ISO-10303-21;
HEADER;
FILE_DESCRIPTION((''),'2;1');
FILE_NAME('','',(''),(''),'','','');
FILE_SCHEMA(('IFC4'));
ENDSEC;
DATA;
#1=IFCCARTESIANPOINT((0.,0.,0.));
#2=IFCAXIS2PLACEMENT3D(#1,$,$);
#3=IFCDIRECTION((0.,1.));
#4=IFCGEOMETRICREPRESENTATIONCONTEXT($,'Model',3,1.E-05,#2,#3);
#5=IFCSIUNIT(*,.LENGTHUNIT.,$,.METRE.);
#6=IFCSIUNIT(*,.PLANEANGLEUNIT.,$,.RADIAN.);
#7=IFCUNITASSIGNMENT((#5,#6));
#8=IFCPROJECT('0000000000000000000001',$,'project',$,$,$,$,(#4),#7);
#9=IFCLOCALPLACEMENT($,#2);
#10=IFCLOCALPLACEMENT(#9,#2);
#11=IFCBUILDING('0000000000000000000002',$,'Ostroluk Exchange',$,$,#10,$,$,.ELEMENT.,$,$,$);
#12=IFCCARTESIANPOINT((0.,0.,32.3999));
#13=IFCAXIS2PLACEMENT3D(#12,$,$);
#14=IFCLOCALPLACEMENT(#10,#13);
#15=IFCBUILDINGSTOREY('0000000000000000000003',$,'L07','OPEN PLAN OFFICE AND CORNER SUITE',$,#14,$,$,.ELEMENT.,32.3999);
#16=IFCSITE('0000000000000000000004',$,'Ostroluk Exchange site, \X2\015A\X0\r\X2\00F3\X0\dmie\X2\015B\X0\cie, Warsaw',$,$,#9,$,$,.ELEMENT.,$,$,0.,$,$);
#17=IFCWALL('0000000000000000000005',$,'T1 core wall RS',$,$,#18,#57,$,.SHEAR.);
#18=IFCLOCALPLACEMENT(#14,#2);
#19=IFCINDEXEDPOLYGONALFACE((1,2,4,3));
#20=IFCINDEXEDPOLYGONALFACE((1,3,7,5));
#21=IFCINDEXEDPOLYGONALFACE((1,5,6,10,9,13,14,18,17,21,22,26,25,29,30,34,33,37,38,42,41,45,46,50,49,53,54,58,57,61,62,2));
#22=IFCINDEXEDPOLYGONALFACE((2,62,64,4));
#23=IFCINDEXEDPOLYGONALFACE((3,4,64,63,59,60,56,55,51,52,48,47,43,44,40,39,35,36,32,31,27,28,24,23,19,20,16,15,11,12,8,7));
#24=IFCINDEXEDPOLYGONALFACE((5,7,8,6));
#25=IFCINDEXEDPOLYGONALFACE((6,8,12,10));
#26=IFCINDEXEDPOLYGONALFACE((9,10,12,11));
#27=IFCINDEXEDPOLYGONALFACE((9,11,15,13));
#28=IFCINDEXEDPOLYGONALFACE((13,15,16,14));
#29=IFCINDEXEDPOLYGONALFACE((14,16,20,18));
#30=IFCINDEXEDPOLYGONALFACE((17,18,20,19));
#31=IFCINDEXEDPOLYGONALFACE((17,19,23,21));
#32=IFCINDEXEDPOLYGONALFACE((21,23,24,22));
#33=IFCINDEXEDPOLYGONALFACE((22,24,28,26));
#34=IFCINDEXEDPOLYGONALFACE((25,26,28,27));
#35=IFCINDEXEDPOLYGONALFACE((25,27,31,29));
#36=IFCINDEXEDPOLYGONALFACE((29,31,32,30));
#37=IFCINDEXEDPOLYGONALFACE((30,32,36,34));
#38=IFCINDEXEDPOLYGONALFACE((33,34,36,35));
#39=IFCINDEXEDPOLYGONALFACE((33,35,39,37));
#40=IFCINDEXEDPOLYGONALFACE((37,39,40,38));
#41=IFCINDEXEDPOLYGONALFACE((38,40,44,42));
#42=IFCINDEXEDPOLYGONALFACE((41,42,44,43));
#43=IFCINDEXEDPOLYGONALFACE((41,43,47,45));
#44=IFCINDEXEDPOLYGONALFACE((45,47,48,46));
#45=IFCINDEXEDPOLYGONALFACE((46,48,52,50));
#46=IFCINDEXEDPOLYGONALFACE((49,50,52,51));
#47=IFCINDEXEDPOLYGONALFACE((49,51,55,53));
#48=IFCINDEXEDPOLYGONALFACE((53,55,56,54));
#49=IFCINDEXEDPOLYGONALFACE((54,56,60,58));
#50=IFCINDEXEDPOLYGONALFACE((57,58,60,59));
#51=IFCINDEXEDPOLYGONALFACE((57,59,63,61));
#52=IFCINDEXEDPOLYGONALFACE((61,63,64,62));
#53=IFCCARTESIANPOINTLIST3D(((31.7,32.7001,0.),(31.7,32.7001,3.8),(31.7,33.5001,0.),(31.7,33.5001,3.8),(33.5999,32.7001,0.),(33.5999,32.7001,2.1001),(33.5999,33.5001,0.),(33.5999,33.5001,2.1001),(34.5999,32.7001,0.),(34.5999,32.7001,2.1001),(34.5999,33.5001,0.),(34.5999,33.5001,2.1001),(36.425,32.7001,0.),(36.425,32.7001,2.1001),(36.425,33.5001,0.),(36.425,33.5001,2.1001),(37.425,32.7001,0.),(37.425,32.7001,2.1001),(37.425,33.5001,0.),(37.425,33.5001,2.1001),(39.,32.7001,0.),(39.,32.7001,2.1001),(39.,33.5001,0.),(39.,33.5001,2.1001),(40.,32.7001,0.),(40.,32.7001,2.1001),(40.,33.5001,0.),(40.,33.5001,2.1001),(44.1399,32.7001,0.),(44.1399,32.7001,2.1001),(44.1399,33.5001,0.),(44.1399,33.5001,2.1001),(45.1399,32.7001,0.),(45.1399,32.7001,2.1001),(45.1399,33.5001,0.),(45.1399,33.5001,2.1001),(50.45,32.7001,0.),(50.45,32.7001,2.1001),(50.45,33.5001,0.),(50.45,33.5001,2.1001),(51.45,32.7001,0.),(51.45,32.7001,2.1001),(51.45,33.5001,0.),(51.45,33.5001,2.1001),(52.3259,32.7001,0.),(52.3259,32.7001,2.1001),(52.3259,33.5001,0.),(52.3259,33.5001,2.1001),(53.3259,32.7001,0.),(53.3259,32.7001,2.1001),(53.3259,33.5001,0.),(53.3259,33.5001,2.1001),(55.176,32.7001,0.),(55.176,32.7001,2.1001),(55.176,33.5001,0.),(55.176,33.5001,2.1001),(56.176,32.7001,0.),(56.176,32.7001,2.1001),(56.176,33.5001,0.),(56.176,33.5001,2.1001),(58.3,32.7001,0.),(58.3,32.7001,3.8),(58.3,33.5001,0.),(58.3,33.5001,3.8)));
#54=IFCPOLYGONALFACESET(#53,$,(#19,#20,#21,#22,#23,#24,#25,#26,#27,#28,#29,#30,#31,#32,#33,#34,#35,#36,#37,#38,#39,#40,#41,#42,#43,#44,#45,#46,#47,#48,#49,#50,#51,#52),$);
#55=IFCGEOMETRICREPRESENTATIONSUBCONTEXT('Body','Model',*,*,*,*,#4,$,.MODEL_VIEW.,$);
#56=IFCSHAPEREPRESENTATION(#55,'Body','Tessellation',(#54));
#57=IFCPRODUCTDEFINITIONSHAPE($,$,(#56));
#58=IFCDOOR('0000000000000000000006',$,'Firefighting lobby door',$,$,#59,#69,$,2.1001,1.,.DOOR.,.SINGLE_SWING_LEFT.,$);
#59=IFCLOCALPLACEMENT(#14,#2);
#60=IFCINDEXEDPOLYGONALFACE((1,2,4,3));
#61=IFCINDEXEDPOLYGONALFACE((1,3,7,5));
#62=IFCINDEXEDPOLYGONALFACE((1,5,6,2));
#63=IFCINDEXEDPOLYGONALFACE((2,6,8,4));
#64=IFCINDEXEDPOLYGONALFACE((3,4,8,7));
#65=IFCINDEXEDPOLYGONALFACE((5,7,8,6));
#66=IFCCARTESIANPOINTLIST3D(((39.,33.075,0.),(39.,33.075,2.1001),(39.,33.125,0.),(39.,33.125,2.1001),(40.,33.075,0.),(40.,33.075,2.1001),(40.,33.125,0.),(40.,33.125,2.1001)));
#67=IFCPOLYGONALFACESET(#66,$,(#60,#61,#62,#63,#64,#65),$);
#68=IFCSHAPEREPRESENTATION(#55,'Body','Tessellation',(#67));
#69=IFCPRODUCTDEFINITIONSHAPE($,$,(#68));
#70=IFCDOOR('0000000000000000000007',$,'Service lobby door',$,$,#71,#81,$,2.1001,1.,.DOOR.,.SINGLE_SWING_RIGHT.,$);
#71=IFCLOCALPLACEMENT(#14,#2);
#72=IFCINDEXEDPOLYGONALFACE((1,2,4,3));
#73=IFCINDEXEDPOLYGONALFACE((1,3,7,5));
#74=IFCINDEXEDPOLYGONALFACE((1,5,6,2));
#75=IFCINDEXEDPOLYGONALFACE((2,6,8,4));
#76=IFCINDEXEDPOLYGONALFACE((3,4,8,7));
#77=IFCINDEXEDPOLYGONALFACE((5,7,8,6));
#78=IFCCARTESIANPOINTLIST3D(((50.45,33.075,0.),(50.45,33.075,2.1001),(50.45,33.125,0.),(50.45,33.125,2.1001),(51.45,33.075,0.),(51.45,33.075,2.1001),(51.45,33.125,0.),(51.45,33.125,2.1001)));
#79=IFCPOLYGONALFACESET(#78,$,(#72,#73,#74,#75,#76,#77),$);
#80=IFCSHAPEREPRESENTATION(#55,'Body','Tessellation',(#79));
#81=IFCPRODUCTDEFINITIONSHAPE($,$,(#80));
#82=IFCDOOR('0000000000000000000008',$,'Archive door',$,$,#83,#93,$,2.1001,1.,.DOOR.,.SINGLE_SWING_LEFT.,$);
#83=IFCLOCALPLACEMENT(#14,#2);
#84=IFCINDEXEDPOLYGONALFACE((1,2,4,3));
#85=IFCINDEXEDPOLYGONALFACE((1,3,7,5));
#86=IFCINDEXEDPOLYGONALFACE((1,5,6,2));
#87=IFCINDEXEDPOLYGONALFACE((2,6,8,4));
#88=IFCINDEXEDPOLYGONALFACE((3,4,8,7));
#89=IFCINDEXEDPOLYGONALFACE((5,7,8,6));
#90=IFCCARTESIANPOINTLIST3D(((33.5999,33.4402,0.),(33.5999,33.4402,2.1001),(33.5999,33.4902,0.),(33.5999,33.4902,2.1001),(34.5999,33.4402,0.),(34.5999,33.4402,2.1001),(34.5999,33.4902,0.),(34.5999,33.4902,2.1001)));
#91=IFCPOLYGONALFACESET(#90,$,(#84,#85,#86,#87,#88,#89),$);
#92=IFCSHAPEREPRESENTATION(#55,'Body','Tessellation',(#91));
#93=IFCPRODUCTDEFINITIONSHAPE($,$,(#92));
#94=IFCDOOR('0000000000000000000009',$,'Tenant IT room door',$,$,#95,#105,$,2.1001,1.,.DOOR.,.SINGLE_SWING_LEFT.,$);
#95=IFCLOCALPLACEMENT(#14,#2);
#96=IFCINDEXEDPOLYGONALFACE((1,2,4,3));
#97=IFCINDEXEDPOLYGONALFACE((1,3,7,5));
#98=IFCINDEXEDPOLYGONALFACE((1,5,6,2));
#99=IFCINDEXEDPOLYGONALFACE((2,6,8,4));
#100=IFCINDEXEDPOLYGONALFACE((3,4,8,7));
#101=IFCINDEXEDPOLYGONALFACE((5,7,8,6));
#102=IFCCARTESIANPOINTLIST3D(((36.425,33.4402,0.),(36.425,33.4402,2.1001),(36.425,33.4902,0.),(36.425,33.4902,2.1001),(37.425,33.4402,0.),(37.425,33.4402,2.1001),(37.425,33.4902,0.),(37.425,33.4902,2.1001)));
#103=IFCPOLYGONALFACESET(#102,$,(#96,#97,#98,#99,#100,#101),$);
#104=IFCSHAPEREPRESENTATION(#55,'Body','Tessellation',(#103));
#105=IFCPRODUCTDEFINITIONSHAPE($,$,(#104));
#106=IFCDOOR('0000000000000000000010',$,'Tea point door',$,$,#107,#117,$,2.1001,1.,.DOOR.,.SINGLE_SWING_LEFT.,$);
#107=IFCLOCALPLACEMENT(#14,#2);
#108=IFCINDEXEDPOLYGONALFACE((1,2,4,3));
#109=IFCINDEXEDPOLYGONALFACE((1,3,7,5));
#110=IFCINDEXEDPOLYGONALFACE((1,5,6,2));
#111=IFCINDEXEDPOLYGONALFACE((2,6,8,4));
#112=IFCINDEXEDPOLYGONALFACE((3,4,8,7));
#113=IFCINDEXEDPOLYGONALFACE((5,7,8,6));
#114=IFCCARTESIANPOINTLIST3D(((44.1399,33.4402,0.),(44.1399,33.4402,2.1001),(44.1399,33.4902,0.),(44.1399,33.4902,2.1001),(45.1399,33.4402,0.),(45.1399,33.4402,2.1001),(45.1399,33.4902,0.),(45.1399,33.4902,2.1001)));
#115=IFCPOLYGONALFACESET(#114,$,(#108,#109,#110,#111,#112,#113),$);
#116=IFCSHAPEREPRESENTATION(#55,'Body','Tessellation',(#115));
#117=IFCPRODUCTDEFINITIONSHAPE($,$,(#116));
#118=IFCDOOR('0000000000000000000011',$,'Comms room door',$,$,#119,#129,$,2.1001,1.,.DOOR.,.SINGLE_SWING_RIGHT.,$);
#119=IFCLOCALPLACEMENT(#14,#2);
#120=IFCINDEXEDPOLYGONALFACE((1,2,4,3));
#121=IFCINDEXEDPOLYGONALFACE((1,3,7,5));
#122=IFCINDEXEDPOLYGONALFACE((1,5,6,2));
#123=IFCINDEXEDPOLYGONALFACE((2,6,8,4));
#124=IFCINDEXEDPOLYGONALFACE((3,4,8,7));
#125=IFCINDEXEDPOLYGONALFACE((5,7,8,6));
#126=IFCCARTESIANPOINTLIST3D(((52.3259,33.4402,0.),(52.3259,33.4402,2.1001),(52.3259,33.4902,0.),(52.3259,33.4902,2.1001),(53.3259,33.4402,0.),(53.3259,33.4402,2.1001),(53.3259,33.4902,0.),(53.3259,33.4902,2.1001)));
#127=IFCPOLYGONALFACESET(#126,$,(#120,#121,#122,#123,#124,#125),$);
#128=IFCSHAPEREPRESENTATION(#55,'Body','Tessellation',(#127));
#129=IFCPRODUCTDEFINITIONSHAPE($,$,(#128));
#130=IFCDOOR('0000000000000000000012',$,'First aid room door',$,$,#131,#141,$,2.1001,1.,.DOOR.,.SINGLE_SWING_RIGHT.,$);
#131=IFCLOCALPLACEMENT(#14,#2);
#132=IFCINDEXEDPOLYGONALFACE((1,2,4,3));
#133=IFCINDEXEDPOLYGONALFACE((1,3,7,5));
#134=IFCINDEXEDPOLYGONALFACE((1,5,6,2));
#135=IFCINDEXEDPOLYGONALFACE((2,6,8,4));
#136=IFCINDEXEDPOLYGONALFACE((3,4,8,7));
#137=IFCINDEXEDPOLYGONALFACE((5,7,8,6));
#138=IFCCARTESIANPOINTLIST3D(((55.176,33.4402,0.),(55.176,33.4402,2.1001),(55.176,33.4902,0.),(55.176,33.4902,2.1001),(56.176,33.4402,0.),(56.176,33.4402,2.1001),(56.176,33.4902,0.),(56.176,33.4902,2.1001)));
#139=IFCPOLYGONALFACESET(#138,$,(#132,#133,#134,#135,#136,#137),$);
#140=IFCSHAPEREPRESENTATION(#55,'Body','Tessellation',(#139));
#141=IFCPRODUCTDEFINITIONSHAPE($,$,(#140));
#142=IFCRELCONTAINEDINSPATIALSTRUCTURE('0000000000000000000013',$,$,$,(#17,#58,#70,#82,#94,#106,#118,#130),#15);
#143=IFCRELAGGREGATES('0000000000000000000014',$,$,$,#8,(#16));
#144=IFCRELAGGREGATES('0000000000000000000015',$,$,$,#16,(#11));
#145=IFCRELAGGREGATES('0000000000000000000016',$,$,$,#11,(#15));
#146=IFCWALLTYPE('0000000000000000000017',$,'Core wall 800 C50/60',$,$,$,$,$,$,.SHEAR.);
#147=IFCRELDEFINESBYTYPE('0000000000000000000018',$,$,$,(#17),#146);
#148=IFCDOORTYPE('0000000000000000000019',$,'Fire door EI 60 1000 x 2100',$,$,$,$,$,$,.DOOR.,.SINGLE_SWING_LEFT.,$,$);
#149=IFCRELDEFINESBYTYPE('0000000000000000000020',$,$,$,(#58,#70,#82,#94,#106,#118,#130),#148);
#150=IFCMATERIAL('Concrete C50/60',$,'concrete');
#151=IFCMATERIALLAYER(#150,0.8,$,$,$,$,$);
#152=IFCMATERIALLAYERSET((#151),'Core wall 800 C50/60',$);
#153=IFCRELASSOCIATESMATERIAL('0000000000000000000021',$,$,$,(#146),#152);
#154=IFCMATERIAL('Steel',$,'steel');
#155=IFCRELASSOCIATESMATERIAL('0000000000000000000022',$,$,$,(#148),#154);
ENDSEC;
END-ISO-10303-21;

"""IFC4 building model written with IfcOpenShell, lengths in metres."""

from ifc_helpers import new_model, si_unit, direction, frame, frame_2d, origin, place, context, subcontext, project, spatial, rectangle, extrude, material, layer, layer_set, type_object, element, fill, save


model = new_model("IFC4")

# Units and contexts
model_context = context("Model", 3, precision=1e-05, world=origin(), true_north=direction((0.0, 1.0)))
body_context = subcontext(model_context, "Body", "Model", "MODEL_VIEW")
ifc_project = project(units=[si_unit("LENGTHUNIT", "METRE"), si_unit("PLANEANGLEUNIT", "RADIAN")], contexts=[model_context])

# Site, building, storey
site_placement = place(None, origin())
site = spatial("IfcSite", under=ifc_project, at=site_placement, Name="Ostroluk Exchange site, Śródmieście, Warsaw", CompositionType="ELEMENT", RefElevation=0.0)
building_placement = place(site_placement, origin())
building = spatial("IfcBuilding", under=site, at=building_placement, Name="Ostroluk Exchange", CompositionType="ELEMENT")
storey_placement = place(building_placement, frame((0.0, 0.0, 32.3999)))
storey = spatial("IfcBuildingStorey", under=building, at=storey_placement, Name="L07", Description="OPEN PLAN OFFICE AND CORNER SUITE", CompositionType="ELEMENT", Elevation=32.3999)

# Wall, openings, doors
ifc_material_1 = material(Name="Concrete C50/60", Category="concrete")
ifc_layer_1 = layer(ifc_material_1, 0.8)
ifc_layer_set_1 = layer_set([ifc_layer_1], Name="Core wall 800 C50/60")
wall_type_1 = type_object("IfcWallType", Name="Core wall 800 C50/60", PredefinedType="SHEAR", material=ifc_layer_set_1)
wall_1_placement = place(storey_placement, frame((31.7, 33.1001, 0.0), z_axis=(0.0, 0.0, 1.0), x_axis=(1.0, 0.0, 0.0)))
wall_1 = element("IfcWall", 1, at=wall_1_placement, inside=storey, type_object=wall_type_1, Name="T1 core wall RS", PredefinedType="SHEAR", context=body_context, shape_type="SweptSolid", body=[
    extrude(rectangle(XDim=26.6001, YDim=0.8, at=frame_2d((13.3, 0.0))), origin(), (0.0, 0.0, 1.0), 3.8),
])
opening_1_placement = place(wall_1_placement, frame((7.3, 0.0, 0.0)))
opening_1 = element("IfcOpeningElement", 2, at=opening_1_placement, cuts=wall_1, PredefinedType="OPENING", context=body_context, shape_type="SweptSolid", body=[
    extrude(rectangle(XDim=1.0, YDim=2.1001, at=frame_2d((0.5, 1.05))), frame((0.0, 0.4099, 0.0), z_axis=(0.0, -1.0, 0.0), x_axis=(1.0, 0.0, 0.0)), (0.0, 0.0, 1.0), 0.8201),
])
opening_2_placement = place(wall_1_placement, frame((18.75, 0.0, 0.0)))
opening_2 = element("IfcOpeningElement", 3, at=opening_2_placement, cuts=wall_1, PredefinedType="OPENING", context=body_context, shape_type="SweptSolid", body=[
    extrude(rectangle(XDim=1.0, YDim=2.1001, at=frame_2d((0.5, 1.05))), frame((0.0, 0.4099, 0.0), z_axis=(0.0, -1.0, 0.0), x_axis=(1.0, 0.0, 0.0)), (0.0, 0.0, 1.0), 0.8201),
])
opening_3_placement = place(wall_1_placement, frame((1.8999, 0.0, 0.0)))
opening_3 = element("IfcOpeningElement", 4, at=opening_3_placement, cuts=wall_1, PredefinedType="OPENING", context=body_context, shape_type="SweptSolid", body=[
    extrude(rectangle(XDim=1.0, YDim=2.1001, at=frame_2d((0.5, 1.05))), frame((0.0, 0.4099, 0.0), z_axis=(0.0, -1.0, 0.0), x_axis=(1.0, 0.0, 0.0)), (0.0, 0.0, 1.0), 0.8201),
])
opening_4_placement = place(wall_1_placement, frame((4.7251, 0.0, 0.0)))
opening_4 = element("IfcOpeningElement", 5, at=opening_4_placement, cuts=wall_1, PredefinedType="OPENING", context=body_context, shape_type="SweptSolid", body=[
    extrude(rectangle(XDim=1.0, YDim=2.1001, at=frame_2d((0.5, 1.05))), frame((0.0, 0.4099, 0.0), z_axis=(0.0, -1.0, 0.0), x_axis=(1.0, 0.0, 0.0)), (0.0, 0.0, 1.0), 0.8201),
])
opening_5_placement = place(wall_1_placement, frame((12.4399, 0.0, 0.0)))
opening_5 = element("IfcOpeningElement", 6, at=opening_5_placement, cuts=wall_1, PredefinedType="OPENING", context=body_context, shape_type="SweptSolid", body=[
    extrude(rectangle(XDim=1.0, YDim=2.1001, at=frame_2d((0.5, 1.05))), frame((0.0, 0.4099, 0.0), z_axis=(0.0, -1.0, 0.0), x_axis=(1.0, 0.0, 0.0)), (0.0, 0.0, 1.0), 0.8201),
])
opening_6_placement = place(wall_1_placement, frame((20.626, 0.0, 0.0)))
opening_6 = element("IfcOpeningElement", 7, at=opening_6_placement, cuts=wall_1, PredefinedType="OPENING", context=body_context, shape_type="SweptSolid", body=[
    extrude(rectangle(XDim=1.0, YDim=2.1001, at=frame_2d((0.5, 1.05))), frame((0.0, 0.4099, 0.0), z_axis=(0.0, -1.0, 0.0), x_axis=(1.0, 0.0, 0.0)), (0.0, 0.0, 1.0), 0.8201),
])
opening_7_placement = place(wall_1_placement, frame((23.4761, 0.0, 0.0)))
opening_7 = element("IfcOpeningElement", 8, at=opening_7_placement, cuts=wall_1, PredefinedType="OPENING", context=body_context, shape_type="SweptSolid", body=[
    extrude(rectangle(XDim=1.0, YDim=2.1001, at=frame_2d((0.5, 1.05))), frame((0.0, 0.4099, 0.0), z_axis=(0.0, -1.0, 0.0), x_axis=(1.0, 0.0, 0.0)), (0.0, 0.0, 1.0), 0.8201),
])
ifc_material_2 = material(Name="Steel", Category="steel")
door_type_1 = type_object("IfcDoorType", Name="Fire door EI 60 1000 x 2100", OperationType="SINGLE_SWING_LEFT", PredefinedType="DOOR", material=ifc_material_2)
door_1_placement = place(opening_1_placement, origin())
door_1 = element("IfcDoor", 9, at=door_1_placement, inside=storey, type_object=door_type_1, Name="Firefighting lobby door", OperationType="SINGLE_SWING_LEFT", OverallHeight=2.1001, OverallWidth=1.0, PredefinedType="DOOR", context=body_context, shape_type="SweptSolid", body=[
    extrude(rectangle(XDim=1.0, YDim=2.1001, at=frame_2d((0.5, 1.05))), frame((0.0, 0.0249, 0.0), z_axis=(0.0, -1.0, 0.0), x_axis=(1.0, 0.0, 0.0)), (0.0, 0.0, 1.0), 0.05),
])
fill(opening_1, door_1)
door_2_placement = place(opening_2_placement, origin())
door_2 = element("IfcDoor", 10, at=door_2_placement, inside=storey, type_object=door_type_1, Name="Service lobby door", OperationType="SINGLE_SWING_RIGHT", OverallHeight=2.1001, OverallWidth=1.0, PredefinedType="DOOR", context=body_context, shape_type="SweptSolid", body=[
    extrude(rectangle(XDim=1.0, YDim=2.1001, at=frame_2d((0.5, 1.05))), frame((0.0, 0.0249, 0.0), z_axis=(0.0, -1.0, 0.0), x_axis=(1.0, 0.0, 0.0)), (0.0, 0.0, 1.0), 0.05),
])
fill(opening_2, door_2)
door_3_placement = place(opening_3_placement, origin())
door_3 = element("IfcDoor", 11, at=door_3_placement, inside=storey, type_object=door_type_1, Name="Archive door", OperationType="SINGLE_SWING_LEFT", OverallHeight=2.1001, OverallWidth=1.0, PredefinedType="DOOR", context=body_context, shape_type="SweptSolid", body=[
    extrude(rectangle(XDim=1.0, YDim=2.1001, at=frame_2d((0.5, 1.05))), frame((0.0, 0.3901, 0.0), z_axis=(0.0, -1.0, 0.0), x_axis=(1.0, 0.0, 0.0)), (0.0, 0.0, 1.0), 0.05),
])
fill(opening_3, door_3)
door_4_placement = place(opening_4_placement, origin())
door_4 = element("IfcDoor", 12, at=door_4_placement, inside=storey, type_object=door_type_1, Name="Tenant IT room door", OperationType="SINGLE_SWING_LEFT", OverallHeight=2.1001, OverallWidth=1.0, PredefinedType="DOOR", context=body_context, shape_type="SweptSolid", body=[
    extrude(rectangle(XDim=1.0, YDim=2.1001, at=frame_2d((0.5, 1.05))), frame((0.0, 0.3901, 0.0), z_axis=(0.0, -1.0, 0.0), x_axis=(1.0, 0.0, 0.0)), (0.0, 0.0, 1.0), 0.05),
])
fill(opening_4, door_4)
door_5_placement = place(opening_5_placement, origin())
door_5 = element("IfcDoor", 13, at=door_5_placement, inside=storey, type_object=door_type_1, Name="Tea point door", OperationType="SINGLE_SWING_LEFT", OverallHeight=2.1001, OverallWidth=1.0, PredefinedType="DOOR", context=body_context, shape_type="SweptSolid", body=[
    extrude(rectangle(XDim=1.0, YDim=2.1001, at=frame_2d((0.5, 1.05))), frame((0.0, 0.3901, 0.0), z_axis=(0.0, -1.0, 0.0), x_axis=(1.0, 0.0, 0.0)), (0.0, 0.0, 1.0), 0.05),
])
fill(opening_5, door_5)
door_6_placement = place(opening_6_placement, origin())
door_6 = element("IfcDoor", 14, at=door_6_placement, inside=storey, type_object=door_type_1, Name="Comms room door", OperationType="SINGLE_SWING_RIGHT", OverallHeight=2.1001, OverallWidth=1.0, PredefinedType="DOOR", context=body_context, shape_type="SweptSolid", body=[
    extrude(rectangle(XDim=1.0, YDim=2.1001, at=frame_2d((0.5, 1.05))), frame((0.0, 0.3901, 0.0), z_axis=(0.0, -1.0, 0.0), x_axis=(1.0, 0.0, 0.0)), (0.0, 0.0, 1.0), 0.05),
])
fill(opening_6, door_6)
door_7_placement = place(opening_7_placement, origin())
door_7 = element("IfcDoor", 15, at=door_7_placement, inside=storey, type_object=door_type_1, Name="First aid room door", OperationType="SINGLE_SWING_RIGHT", OverallHeight=2.1001, OverallWidth=1.0, PredefinedType="DOOR", context=body_context, shape_type="SweptSolid", body=[
    extrude(rectangle(XDim=1.0, YDim=2.1001, at=frame_2d((0.5, 1.05))), frame((0.0, 0.3901, 0.0), z_axis=(0.0, -1.0, 0.0), x_axis=(1.0, 0.0, 0.0)), (0.0, 0.0, 1.0), 0.05),
])
fill(opening_7, door_7)

save(model, "model.ifc")
